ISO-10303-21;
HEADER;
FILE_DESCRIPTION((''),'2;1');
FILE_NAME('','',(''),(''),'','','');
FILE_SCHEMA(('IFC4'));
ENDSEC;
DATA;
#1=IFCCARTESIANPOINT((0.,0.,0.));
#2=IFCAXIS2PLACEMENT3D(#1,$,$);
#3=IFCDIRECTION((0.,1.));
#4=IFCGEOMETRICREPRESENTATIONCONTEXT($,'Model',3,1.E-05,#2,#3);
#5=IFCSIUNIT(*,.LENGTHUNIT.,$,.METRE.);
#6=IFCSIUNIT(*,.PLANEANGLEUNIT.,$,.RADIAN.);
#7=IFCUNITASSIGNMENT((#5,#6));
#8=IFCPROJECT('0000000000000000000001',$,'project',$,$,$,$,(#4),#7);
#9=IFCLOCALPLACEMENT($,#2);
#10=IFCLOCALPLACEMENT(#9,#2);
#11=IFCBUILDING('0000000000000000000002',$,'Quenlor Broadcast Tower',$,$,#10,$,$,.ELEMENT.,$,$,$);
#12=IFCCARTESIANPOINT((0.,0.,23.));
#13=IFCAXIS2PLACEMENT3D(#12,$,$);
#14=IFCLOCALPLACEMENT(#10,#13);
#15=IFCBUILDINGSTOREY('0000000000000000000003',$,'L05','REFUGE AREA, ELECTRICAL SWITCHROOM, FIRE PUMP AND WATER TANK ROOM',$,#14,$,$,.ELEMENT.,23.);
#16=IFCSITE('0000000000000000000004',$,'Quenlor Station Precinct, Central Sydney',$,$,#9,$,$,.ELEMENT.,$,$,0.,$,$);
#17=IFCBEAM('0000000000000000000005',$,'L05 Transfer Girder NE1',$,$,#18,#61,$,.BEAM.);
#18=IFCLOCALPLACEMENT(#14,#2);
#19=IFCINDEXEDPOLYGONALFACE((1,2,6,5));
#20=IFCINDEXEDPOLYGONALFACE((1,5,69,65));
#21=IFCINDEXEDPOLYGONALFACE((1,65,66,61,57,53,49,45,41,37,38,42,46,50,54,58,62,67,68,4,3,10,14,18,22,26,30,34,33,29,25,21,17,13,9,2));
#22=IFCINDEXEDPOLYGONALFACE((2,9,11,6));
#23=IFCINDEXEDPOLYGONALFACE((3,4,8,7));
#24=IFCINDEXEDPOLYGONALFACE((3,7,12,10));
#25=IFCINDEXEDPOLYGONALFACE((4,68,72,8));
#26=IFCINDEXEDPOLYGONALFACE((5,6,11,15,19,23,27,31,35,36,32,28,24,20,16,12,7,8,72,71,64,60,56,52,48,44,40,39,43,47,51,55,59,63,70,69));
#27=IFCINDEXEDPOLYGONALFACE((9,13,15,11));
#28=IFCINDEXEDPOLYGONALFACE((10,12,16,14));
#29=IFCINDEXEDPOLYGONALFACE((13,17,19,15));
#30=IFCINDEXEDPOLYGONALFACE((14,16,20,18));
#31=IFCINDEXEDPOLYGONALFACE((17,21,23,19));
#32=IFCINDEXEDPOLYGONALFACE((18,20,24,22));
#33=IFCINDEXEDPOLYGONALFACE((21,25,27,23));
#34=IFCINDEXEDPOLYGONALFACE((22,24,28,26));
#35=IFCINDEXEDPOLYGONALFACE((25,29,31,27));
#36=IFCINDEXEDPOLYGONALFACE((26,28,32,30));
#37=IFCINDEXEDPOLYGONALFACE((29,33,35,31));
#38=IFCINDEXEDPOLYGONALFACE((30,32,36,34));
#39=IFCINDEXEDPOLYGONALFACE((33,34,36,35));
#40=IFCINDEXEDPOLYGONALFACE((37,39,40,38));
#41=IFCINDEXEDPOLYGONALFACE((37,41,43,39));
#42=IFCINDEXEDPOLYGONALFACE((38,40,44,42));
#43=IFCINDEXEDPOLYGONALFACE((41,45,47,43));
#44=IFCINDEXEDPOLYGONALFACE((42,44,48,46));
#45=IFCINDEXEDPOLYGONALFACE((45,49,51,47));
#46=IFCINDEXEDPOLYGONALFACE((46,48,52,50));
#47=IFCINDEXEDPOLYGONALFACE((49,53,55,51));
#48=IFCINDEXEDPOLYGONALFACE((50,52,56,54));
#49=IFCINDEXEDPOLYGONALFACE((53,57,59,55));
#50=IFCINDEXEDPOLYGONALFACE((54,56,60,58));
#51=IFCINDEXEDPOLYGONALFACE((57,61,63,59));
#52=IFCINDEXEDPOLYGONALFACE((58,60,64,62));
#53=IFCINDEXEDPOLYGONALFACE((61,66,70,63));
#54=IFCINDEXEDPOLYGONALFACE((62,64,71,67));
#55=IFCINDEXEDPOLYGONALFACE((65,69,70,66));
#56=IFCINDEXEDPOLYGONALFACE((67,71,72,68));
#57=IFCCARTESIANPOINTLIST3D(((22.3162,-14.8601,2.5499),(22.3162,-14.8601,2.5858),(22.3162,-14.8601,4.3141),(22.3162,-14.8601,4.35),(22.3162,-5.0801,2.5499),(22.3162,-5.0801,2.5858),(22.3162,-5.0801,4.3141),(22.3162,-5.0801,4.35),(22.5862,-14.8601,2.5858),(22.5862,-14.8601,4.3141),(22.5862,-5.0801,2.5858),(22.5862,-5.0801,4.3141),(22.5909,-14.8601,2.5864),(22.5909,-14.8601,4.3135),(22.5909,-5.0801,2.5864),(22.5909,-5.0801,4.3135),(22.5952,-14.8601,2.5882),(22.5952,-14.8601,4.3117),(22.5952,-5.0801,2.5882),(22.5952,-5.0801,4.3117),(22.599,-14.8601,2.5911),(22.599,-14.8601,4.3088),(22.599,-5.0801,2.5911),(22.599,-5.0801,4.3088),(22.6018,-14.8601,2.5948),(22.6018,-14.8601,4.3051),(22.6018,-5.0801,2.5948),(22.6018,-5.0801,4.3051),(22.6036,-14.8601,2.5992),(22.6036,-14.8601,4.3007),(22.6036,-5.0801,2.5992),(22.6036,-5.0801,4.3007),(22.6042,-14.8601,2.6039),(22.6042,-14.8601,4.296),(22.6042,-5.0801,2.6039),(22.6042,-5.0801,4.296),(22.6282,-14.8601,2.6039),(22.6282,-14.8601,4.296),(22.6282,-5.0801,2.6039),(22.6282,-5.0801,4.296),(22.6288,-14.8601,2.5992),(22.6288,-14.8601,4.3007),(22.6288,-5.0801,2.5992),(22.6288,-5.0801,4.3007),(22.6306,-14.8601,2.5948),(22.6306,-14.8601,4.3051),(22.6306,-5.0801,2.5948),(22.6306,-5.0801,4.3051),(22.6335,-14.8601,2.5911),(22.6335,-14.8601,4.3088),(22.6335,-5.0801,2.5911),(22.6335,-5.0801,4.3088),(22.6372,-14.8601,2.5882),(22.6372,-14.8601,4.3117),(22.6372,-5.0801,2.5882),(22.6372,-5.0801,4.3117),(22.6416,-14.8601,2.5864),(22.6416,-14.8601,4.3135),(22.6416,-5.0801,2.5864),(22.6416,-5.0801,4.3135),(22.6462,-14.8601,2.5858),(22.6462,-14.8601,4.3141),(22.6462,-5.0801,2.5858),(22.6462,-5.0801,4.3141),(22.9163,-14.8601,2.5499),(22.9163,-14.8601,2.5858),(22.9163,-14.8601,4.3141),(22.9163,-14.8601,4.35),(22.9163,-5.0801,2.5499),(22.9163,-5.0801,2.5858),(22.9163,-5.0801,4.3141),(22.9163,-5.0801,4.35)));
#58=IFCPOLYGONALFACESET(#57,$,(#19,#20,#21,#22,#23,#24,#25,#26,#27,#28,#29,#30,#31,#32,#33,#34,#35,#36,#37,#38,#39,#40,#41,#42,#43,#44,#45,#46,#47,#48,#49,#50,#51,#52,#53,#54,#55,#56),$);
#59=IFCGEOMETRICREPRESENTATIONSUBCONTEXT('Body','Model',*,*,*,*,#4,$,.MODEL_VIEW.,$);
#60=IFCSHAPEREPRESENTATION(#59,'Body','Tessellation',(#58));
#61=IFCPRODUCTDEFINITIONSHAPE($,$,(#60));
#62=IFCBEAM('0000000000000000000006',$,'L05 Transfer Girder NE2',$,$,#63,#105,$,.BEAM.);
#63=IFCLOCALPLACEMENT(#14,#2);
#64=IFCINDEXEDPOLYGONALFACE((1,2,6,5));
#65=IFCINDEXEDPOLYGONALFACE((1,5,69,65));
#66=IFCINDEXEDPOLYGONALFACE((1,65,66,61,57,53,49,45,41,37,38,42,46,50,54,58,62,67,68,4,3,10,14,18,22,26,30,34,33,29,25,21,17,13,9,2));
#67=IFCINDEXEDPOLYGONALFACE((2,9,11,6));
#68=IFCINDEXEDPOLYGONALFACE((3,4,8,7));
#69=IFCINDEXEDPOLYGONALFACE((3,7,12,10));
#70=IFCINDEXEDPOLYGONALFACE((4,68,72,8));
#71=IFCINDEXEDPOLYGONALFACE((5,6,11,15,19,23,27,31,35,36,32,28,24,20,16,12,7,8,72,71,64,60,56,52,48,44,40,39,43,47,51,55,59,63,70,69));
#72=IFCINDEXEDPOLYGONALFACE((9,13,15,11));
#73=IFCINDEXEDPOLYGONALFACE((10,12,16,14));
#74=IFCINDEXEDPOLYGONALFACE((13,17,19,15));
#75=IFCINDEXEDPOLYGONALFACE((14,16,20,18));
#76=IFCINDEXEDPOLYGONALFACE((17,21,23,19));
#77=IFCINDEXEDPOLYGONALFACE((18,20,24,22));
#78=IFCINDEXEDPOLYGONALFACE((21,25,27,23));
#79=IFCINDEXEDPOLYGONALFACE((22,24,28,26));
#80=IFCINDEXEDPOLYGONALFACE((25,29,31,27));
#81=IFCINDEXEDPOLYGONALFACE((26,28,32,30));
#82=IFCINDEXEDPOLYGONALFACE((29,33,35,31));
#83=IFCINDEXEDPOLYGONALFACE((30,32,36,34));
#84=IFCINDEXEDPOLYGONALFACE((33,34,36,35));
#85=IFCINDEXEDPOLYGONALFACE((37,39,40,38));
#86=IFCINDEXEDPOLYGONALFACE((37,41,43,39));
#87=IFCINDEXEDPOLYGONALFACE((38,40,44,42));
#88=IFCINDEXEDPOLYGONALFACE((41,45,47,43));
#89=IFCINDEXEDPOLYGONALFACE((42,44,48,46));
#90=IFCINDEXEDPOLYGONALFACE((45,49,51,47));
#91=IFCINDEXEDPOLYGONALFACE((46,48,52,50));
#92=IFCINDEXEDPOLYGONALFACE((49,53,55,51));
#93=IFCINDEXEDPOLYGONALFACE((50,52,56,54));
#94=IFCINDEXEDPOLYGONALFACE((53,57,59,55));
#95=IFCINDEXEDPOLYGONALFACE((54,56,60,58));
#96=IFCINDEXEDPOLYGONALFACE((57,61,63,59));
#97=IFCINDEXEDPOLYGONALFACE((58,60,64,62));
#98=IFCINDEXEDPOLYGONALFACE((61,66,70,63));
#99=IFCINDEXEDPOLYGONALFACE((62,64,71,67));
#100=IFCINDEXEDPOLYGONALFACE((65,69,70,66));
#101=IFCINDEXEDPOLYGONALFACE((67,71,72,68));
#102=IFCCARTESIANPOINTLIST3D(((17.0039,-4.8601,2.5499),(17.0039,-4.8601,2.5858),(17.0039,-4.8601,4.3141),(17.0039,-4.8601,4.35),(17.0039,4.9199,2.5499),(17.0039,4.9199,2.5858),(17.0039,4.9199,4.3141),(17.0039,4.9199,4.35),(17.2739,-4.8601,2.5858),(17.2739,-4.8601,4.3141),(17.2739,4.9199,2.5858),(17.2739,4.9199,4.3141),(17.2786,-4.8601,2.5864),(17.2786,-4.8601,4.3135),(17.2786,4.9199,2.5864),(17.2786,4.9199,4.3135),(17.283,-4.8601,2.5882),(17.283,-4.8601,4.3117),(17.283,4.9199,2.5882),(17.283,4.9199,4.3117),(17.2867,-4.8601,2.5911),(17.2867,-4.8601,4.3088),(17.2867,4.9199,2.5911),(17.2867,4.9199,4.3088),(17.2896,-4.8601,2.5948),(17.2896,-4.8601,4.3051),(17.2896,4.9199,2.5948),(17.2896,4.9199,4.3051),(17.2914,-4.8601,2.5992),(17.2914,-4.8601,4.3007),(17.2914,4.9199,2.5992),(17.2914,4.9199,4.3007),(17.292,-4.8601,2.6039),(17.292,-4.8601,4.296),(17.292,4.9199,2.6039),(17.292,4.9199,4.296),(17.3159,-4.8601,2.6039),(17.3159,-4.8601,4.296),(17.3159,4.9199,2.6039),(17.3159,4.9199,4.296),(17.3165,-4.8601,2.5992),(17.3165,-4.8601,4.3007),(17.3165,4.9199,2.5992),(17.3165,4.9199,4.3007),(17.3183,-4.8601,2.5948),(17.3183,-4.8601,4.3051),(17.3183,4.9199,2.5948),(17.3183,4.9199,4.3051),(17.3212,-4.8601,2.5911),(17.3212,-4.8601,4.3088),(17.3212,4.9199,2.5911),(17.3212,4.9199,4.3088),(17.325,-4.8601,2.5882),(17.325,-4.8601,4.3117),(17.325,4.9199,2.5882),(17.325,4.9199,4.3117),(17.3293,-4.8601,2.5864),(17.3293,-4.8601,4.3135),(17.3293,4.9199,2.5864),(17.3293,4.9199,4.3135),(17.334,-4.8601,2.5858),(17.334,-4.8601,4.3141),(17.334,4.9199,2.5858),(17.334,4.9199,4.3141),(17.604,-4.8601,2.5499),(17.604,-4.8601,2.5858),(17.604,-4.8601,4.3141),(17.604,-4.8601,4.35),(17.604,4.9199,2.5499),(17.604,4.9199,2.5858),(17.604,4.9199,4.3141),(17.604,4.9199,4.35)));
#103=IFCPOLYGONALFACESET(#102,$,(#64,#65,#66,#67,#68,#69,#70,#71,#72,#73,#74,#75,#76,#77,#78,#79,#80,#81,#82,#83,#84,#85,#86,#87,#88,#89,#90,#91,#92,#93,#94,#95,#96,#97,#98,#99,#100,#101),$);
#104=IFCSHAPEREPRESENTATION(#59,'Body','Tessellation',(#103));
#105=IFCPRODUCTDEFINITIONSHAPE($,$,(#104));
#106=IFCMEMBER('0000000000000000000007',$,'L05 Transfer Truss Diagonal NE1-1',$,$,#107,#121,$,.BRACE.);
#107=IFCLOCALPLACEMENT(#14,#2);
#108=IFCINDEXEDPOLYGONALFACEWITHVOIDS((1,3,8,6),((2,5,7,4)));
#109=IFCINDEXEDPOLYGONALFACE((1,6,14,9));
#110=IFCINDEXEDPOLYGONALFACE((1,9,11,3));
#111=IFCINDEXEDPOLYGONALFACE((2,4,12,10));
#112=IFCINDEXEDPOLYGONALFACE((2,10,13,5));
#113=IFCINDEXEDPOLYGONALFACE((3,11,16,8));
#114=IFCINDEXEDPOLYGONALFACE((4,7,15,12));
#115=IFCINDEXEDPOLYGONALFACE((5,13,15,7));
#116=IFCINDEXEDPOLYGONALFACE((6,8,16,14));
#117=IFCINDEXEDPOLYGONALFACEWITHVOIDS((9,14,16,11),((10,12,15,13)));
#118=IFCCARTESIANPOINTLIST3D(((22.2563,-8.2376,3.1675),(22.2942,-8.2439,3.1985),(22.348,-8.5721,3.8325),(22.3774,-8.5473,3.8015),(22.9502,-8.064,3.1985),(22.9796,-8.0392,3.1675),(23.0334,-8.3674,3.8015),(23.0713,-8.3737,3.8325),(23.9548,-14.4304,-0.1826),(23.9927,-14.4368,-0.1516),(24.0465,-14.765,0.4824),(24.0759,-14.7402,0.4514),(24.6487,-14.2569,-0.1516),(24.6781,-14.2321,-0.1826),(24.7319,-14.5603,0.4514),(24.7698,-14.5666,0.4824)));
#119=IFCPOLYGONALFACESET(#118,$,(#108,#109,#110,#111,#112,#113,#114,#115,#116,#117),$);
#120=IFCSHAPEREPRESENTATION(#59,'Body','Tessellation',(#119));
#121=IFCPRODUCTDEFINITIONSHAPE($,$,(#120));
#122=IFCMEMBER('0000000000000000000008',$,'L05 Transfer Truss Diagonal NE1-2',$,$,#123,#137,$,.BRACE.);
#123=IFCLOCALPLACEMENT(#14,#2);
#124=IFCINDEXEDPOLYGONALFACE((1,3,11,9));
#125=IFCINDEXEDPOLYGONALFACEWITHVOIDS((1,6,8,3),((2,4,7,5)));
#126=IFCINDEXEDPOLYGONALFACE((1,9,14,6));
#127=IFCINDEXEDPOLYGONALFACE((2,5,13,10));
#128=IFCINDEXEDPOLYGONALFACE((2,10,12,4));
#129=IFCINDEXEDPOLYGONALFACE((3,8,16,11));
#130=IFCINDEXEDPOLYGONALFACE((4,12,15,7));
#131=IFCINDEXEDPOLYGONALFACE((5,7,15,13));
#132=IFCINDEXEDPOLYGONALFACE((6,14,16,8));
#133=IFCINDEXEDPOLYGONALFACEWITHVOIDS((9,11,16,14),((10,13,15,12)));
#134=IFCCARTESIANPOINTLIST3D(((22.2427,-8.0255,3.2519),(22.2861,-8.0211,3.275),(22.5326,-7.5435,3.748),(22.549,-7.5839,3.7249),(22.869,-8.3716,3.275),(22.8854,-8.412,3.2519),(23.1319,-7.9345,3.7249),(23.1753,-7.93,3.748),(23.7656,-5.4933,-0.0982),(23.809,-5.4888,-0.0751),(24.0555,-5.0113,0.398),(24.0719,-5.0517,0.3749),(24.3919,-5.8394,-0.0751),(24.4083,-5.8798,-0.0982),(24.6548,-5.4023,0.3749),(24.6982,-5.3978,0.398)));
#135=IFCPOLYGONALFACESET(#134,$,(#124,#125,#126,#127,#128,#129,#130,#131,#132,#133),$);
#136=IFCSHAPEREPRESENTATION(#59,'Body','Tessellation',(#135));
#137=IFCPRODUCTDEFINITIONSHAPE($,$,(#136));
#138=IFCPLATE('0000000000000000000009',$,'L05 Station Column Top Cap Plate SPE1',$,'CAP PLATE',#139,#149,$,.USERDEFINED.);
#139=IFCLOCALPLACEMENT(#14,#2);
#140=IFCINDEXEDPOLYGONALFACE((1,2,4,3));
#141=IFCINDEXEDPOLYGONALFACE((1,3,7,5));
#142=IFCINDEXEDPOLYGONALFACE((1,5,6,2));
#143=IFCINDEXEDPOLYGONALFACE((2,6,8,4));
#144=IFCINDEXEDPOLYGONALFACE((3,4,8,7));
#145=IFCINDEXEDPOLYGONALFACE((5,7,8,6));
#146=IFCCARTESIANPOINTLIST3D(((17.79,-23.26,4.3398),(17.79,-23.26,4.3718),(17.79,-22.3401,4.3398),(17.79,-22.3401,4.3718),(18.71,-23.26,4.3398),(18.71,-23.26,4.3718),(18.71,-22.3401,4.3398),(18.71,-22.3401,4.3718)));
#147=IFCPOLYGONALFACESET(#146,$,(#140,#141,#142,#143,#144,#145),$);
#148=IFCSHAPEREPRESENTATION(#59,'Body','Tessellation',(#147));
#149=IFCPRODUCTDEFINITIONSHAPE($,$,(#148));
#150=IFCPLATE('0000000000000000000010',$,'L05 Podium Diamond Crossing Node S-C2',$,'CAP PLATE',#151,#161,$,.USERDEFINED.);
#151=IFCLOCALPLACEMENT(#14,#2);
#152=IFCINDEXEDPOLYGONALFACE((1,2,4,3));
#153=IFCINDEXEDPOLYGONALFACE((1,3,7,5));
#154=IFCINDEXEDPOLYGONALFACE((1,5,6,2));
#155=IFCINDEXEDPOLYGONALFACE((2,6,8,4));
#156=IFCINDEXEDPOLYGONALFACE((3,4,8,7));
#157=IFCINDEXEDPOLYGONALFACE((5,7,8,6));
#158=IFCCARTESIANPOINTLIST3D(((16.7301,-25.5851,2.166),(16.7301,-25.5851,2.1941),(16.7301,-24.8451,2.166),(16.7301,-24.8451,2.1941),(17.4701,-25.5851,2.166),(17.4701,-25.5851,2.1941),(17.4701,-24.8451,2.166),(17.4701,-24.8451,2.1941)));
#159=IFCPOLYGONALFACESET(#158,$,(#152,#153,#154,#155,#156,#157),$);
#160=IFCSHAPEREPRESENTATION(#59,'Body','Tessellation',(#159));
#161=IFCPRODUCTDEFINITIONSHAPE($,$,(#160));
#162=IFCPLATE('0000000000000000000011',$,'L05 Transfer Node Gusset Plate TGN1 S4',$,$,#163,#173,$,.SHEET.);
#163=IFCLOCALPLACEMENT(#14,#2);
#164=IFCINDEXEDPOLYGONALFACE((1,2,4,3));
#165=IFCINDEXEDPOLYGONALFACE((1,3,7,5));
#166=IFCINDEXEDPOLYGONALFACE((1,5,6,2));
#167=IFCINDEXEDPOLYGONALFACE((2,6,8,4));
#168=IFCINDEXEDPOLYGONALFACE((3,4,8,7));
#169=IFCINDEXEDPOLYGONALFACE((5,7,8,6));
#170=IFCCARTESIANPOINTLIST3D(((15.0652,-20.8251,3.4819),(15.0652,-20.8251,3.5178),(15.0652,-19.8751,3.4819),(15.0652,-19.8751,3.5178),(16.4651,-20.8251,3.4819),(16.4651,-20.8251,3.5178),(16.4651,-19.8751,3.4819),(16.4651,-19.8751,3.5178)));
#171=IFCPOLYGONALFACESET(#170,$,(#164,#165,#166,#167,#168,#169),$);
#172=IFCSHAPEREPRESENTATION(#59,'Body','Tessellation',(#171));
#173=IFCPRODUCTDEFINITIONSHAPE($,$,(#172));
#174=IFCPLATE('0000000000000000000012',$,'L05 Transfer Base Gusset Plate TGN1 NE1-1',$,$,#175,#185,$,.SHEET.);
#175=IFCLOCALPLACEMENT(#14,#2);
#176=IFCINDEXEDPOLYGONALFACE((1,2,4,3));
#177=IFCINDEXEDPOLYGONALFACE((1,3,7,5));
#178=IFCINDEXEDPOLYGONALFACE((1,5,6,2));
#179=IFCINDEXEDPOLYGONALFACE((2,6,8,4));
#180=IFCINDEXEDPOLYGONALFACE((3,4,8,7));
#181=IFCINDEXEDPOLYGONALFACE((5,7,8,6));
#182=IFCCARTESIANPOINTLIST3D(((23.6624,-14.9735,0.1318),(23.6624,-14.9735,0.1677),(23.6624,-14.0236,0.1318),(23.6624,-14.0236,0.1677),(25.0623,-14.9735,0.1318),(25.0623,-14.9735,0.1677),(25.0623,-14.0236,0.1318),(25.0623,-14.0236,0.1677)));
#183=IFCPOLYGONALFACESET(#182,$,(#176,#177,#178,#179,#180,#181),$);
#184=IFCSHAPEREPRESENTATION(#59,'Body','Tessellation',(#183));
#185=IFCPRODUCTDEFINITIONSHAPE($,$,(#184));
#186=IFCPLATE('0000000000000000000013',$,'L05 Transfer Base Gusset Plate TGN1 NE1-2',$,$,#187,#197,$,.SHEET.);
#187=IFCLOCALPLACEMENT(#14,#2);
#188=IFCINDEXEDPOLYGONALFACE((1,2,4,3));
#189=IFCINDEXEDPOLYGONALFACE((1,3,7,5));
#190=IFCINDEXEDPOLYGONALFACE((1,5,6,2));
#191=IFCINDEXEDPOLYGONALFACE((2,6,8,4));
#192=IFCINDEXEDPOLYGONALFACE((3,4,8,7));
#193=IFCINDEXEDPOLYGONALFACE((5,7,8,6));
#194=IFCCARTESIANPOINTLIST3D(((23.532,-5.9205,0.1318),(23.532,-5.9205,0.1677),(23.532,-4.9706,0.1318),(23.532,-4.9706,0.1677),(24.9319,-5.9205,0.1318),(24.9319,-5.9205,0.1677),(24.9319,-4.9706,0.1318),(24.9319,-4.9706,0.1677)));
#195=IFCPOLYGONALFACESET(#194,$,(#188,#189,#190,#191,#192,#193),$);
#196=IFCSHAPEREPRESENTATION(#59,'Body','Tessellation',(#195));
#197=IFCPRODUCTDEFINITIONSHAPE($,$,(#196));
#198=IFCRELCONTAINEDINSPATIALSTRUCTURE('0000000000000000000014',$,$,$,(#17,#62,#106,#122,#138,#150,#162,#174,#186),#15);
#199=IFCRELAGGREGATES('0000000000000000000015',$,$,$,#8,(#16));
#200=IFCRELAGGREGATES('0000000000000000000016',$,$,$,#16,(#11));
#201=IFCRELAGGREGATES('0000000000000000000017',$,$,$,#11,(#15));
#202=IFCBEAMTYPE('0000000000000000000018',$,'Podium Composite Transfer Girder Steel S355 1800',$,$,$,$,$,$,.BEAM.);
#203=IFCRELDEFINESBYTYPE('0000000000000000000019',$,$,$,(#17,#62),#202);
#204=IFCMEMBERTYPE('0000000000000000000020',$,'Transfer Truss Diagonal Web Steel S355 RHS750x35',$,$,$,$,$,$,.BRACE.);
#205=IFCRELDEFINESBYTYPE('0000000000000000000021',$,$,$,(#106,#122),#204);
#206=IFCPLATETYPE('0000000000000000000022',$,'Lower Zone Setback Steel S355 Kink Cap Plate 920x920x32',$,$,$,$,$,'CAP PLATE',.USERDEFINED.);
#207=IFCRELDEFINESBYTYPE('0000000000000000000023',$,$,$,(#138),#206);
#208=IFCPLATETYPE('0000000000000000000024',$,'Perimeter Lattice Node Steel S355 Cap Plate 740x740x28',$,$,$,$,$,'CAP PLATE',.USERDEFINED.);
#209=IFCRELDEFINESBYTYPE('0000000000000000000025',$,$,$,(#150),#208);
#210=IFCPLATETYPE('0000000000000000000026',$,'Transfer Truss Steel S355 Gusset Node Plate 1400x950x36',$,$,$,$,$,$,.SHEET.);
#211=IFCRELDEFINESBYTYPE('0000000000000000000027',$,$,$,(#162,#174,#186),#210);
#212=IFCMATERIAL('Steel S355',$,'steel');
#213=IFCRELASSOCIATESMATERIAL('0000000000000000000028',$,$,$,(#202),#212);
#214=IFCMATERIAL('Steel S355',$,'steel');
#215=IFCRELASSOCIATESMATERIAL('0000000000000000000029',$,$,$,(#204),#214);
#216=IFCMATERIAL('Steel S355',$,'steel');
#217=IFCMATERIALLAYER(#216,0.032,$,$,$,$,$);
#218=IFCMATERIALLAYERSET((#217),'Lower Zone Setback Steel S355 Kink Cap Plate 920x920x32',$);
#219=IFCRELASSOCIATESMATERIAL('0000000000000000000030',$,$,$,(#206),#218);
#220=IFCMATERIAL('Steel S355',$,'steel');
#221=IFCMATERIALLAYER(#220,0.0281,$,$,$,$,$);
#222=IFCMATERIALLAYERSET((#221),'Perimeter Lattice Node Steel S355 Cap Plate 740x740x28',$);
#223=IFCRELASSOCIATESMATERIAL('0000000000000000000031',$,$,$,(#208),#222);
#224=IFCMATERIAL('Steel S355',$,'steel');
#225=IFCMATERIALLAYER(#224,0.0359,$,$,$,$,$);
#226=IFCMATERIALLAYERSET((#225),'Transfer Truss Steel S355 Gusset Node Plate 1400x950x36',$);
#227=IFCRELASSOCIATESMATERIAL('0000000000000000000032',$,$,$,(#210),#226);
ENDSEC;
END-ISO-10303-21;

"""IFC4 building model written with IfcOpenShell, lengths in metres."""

from ifc_helpers import new_model, si_unit, direction, frame, origin, origin_2d, place, context, subcontext, project, spatial, rectangle, hollow_rectangle, i_section, extrude, material, layer, layer_set, material_profile, profile_set, type_object, element, save


model = new_model("IFC4")

# Units and contexts
model_context = context("Model", 3, precision=1e-05, world=origin(), true_north=direction((0.0, 1.0)))
body_context = subcontext(model_context, "Body", "Model", "MODEL_VIEW")
ifc_project = project(units=[si_unit("LENGTHUNIT", "METRE"), si_unit("PLANEANGLEUNIT", "RADIAN")], contexts=[model_context])

# Site, building, storey
site_placement = place(None, origin())
site = spatial("IfcSite", under=ifc_project, at=site_placement, Name="Quenlor Station Precinct, Central Sydney", CompositionType="ELEMENT", RefElevation=0.0)
building_placement = place(site_placement, origin())
building = spatial("IfcBuilding", under=site, at=building_placement, Name="Quenlor Broadcast Tower", CompositionType="ELEMENT")
storey_placement = place(building_placement, frame((0.0, 0.0, 23.0)))
storey = spatial("IfcBuildingStorey", under=building, at=storey_placement, Name="L05", Description="REFUGE AREA, ELECTRICAL SWITCHROOM, FIRE PUMP AND WATER TANK ROOM", CompositionType="ELEMENT", Elevation=23.0)

# Beams
ifc_material_1 = material(Name="Steel S355", Category="steel")
ifc_material_profile_1 = material_profile(ifc_material_1, i_section(OverallWidth=0.6001, OverallDepth=1.8, WebThickness=0.0239, FlangeThickness=0.0359, FilletRadius=0.0181, at=origin_2d()))
ifc_profile_set_1 = profile_set([ifc_material_profile_1], Name="Steel S355 1800TG620")
beam_type_1 = type_object("IfcBeamType", Name="Podium Composite Transfer Girder Steel S355 1800", PredefinedType="BEAM", material=ifc_profile_set_1)
for number, where, z_axis, x_axis, name in (
    (1, (22.6162, -14.8601, 3.45), (0.0, 1.0, 0.0), (-1.0, 0.0, 0.0), "L05 Transfer Girder NE1"),
    (2, (17.304, -4.8601, 3.45), (0.0, 1.0, 0.0), (-1.0, 0.0, 0.0), "L05 Transfer Girder NE2"),
):
    element("IfcBeam", number, at=place(storey_placement, frame(where, z_axis=z_axis, x_axis=x_axis)), inside=storey, type_object=beam_type_1, Name=name, PredefinedType="BEAM", context=body_context, shape_type="SweptSolid", body=[
        extrude(i_section(OverallWidth=0.6001, OverallDepth=1.8, WebThickness=0.0239, FlangeThickness=0.0359, FilletRadius=0.0181, at=origin_2d()), origin(), (0.0, 0.0, 1.0), 9.78),
    ])

# Members
ifc_material_2 = material(Name="Steel S355", Category="steel")
ifc_material_profile_2 = material_profile(ifc_material_2, hollow_rectangle(XDim=0.75, YDim=0.75, WallThickness=0.0349, at=origin_2d()))
ifc_profile_set_2 = profile_set([ifc_material_profile_2], Name="Steel S355 RHS750x750x35")
member_type_1 = type_object("IfcMemberType", Name="Transfer Truss Diagonal Web Steel S355 RHS750x35", PredefinedType="BRACE", material=ifc_profile_set_2)
member_1_placement = place(storey_placement, frame((24.3623, -14.4985, 0.1499), z_axis=(-0.234503, 0.855026, 0.462535), x_axis=(-0.964386, -0.264497, 0.0)))
element("IfcMember", 3, at=member_1_placement, inside=storey, type_object=member_type_1, Name="L05 Transfer Truss Diagonal NE1-1", PredefinedType="BRACE", context=body_context, shape_type="SweptSolid", body=[
    extrude(hollow_rectangle(XDim=0.75, YDim=0.75, WallThickness=0.0349, at=origin_2d()), origin(), (0.0, 0.0, 1.0), 7.2429),
])
member_2_placement = place(storey_placement, frame((24.2319, -5.4456, 0.1499), z_axis=(-0.340928, -0.566865, 0.749954), x_axis=(0.856953, -0.515395, 0.0)))
element("IfcMember", 4, at=member_2_placement, inside=storey, type_object=member_type_1, Name="L05 Transfer Truss Diagonal NE1-2", PredefinedType="BRACE", context=body_context, shape_type="SweptSolid", body=[
    extrude(hollow_rectangle(XDim=0.75, YDim=0.75, WallThickness=0.0349, at=origin_2d()), origin(), (0.0, 0.0, 1.0), 4.467),
])

# Plates
ifc_material_3 = material(Name="Steel S355", Category="steel")
ifc_layer_1 = layer(ifc_material_3, 0.032)
ifc_layer_set_1 = layer_set([ifc_layer_1], Name="Lower Zone Setback Steel S355 Kink Cap Plate 920x920x32")
plate_type_1 = type_object("IfcPlateType", Name="Lower Zone Setback Steel S355 Kink Cap Plate 920x920x32", ElementType="CAP PLATE", PredefinedType="USERDEFINED", material=ifc_layer_set_1)
plate_1_placement = place(storey_placement, frame((18.25, -22.8, 4.3398), z_axis=(0.0, 0.0, 1.0), x_axis=(1.0, 0.0, 0.0)))
element("IfcPlate", 5, at=plate_1_placement, inside=storey, type_object=plate_type_1, Name="L05 Station Column Top Cap Plate SPE1", ObjectType="CAP PLATE", PredefinedType="USERDEFINED", context=body_context, shape_type="SweptSolid", body=[
    extrude(rectangle(XDim=0.9199, YDim=0.9199, at=origin_2d()), origin(), (0.0, 0.0, 1.0), 0.032),
])
ifc_material_4 = material(Name="Steel S355", Category="steel")
ifc_layer_2 = layer(ifc_material_4, 0.0281)
ifc_layer_set_2 = layer_set([ifc_layer_2], Name="Perimeter Lattice Node Steel S355 Cap Plate 740x740x28")
plate_type_2 = type_object("IfcPlateType", Name="Perimeter Lattice Node Steel S355 Cap Plate 740x740x28", ElementType="CAP PLATE", PredefinedType="USERDEFINED", material=ifc_layer_set_2)
plate_2_placement = place(storey_placement, frame((17.1001, -25.2151, 2.166), z_axis=(0.0, 0.0, 1.0), x_axis=(-1.0, 0.0, 0.0)))
element("IfcPlate", 6, at=plate_2_placement, inside=storey, type_object=plate_type_2, Name="L05 Podium Diamond Crossing Node S-C2", ObjectType="CAP PLATE", PredefinedType="USERDEFINED", context=body_context, shape_type="SweptSolid", body=[
    extrude(rectangle(XDim=0.74, YDim=0.74, at=origin_2d()), origin(), (0.0, 0.0, 1.0), 0.0281),
])
ifc_material_5 = material(Name="Steel S355", Category="steel")
ifc_layer_3 = layer(ifc_material_5, 0.0359)
ifc_layer_set_3 = layer_set([ifc_layer_3], Name="Transfer Truss Steel S355 Gusset Node Plate 1400x950x36")
plate_type_3 = type_object("IfcPlateType", Name="Transfer Truss Steel S355 Gusset Node Plate 1400x950x36", PredefinedType="SHEET", material=ifc_layer_set_3)
for number, where, z_axis, x_axis, name in (
    (7, (15.7651, -20.3501, 3.4819), (0.0, 0.0, 1.0), (1.0, 0.0, 0.0), "L05 Transfer Node Gusset Plate TGN1 S4"),
    (8, (24.3623, -14.4985, 0.1318), (0.0, 0.0, 1.0), (1.0, 0.0, 0.0), "L05 Transfer Base Gusset Plate TGN1 NE1-1"),
    (9, (24.2319, -5.4456, 0.1318), (0.0, 0.0, 1.0), (1.0, 0.0, 0.0), "L05 Transfer Base Gusset Plate TGN1 NE1-2"),
):
    element("IfcPlate", number, at=place(storey_placement, frame(where, z_axis=z_axis, x_axis=x_axis)), inside=storey, type_object=plate_type_3, Name=name, PredefinedType="SHEET", context=body_context, shape_type="SweptSolid", body=[
        extrude(rectangle(XDim=1.3999, YDim=0.95, at=origin_2d()), origin(), (0.0, 0.0, 1.0), 0.0359),
    ])

save(model, "model.ifc")
